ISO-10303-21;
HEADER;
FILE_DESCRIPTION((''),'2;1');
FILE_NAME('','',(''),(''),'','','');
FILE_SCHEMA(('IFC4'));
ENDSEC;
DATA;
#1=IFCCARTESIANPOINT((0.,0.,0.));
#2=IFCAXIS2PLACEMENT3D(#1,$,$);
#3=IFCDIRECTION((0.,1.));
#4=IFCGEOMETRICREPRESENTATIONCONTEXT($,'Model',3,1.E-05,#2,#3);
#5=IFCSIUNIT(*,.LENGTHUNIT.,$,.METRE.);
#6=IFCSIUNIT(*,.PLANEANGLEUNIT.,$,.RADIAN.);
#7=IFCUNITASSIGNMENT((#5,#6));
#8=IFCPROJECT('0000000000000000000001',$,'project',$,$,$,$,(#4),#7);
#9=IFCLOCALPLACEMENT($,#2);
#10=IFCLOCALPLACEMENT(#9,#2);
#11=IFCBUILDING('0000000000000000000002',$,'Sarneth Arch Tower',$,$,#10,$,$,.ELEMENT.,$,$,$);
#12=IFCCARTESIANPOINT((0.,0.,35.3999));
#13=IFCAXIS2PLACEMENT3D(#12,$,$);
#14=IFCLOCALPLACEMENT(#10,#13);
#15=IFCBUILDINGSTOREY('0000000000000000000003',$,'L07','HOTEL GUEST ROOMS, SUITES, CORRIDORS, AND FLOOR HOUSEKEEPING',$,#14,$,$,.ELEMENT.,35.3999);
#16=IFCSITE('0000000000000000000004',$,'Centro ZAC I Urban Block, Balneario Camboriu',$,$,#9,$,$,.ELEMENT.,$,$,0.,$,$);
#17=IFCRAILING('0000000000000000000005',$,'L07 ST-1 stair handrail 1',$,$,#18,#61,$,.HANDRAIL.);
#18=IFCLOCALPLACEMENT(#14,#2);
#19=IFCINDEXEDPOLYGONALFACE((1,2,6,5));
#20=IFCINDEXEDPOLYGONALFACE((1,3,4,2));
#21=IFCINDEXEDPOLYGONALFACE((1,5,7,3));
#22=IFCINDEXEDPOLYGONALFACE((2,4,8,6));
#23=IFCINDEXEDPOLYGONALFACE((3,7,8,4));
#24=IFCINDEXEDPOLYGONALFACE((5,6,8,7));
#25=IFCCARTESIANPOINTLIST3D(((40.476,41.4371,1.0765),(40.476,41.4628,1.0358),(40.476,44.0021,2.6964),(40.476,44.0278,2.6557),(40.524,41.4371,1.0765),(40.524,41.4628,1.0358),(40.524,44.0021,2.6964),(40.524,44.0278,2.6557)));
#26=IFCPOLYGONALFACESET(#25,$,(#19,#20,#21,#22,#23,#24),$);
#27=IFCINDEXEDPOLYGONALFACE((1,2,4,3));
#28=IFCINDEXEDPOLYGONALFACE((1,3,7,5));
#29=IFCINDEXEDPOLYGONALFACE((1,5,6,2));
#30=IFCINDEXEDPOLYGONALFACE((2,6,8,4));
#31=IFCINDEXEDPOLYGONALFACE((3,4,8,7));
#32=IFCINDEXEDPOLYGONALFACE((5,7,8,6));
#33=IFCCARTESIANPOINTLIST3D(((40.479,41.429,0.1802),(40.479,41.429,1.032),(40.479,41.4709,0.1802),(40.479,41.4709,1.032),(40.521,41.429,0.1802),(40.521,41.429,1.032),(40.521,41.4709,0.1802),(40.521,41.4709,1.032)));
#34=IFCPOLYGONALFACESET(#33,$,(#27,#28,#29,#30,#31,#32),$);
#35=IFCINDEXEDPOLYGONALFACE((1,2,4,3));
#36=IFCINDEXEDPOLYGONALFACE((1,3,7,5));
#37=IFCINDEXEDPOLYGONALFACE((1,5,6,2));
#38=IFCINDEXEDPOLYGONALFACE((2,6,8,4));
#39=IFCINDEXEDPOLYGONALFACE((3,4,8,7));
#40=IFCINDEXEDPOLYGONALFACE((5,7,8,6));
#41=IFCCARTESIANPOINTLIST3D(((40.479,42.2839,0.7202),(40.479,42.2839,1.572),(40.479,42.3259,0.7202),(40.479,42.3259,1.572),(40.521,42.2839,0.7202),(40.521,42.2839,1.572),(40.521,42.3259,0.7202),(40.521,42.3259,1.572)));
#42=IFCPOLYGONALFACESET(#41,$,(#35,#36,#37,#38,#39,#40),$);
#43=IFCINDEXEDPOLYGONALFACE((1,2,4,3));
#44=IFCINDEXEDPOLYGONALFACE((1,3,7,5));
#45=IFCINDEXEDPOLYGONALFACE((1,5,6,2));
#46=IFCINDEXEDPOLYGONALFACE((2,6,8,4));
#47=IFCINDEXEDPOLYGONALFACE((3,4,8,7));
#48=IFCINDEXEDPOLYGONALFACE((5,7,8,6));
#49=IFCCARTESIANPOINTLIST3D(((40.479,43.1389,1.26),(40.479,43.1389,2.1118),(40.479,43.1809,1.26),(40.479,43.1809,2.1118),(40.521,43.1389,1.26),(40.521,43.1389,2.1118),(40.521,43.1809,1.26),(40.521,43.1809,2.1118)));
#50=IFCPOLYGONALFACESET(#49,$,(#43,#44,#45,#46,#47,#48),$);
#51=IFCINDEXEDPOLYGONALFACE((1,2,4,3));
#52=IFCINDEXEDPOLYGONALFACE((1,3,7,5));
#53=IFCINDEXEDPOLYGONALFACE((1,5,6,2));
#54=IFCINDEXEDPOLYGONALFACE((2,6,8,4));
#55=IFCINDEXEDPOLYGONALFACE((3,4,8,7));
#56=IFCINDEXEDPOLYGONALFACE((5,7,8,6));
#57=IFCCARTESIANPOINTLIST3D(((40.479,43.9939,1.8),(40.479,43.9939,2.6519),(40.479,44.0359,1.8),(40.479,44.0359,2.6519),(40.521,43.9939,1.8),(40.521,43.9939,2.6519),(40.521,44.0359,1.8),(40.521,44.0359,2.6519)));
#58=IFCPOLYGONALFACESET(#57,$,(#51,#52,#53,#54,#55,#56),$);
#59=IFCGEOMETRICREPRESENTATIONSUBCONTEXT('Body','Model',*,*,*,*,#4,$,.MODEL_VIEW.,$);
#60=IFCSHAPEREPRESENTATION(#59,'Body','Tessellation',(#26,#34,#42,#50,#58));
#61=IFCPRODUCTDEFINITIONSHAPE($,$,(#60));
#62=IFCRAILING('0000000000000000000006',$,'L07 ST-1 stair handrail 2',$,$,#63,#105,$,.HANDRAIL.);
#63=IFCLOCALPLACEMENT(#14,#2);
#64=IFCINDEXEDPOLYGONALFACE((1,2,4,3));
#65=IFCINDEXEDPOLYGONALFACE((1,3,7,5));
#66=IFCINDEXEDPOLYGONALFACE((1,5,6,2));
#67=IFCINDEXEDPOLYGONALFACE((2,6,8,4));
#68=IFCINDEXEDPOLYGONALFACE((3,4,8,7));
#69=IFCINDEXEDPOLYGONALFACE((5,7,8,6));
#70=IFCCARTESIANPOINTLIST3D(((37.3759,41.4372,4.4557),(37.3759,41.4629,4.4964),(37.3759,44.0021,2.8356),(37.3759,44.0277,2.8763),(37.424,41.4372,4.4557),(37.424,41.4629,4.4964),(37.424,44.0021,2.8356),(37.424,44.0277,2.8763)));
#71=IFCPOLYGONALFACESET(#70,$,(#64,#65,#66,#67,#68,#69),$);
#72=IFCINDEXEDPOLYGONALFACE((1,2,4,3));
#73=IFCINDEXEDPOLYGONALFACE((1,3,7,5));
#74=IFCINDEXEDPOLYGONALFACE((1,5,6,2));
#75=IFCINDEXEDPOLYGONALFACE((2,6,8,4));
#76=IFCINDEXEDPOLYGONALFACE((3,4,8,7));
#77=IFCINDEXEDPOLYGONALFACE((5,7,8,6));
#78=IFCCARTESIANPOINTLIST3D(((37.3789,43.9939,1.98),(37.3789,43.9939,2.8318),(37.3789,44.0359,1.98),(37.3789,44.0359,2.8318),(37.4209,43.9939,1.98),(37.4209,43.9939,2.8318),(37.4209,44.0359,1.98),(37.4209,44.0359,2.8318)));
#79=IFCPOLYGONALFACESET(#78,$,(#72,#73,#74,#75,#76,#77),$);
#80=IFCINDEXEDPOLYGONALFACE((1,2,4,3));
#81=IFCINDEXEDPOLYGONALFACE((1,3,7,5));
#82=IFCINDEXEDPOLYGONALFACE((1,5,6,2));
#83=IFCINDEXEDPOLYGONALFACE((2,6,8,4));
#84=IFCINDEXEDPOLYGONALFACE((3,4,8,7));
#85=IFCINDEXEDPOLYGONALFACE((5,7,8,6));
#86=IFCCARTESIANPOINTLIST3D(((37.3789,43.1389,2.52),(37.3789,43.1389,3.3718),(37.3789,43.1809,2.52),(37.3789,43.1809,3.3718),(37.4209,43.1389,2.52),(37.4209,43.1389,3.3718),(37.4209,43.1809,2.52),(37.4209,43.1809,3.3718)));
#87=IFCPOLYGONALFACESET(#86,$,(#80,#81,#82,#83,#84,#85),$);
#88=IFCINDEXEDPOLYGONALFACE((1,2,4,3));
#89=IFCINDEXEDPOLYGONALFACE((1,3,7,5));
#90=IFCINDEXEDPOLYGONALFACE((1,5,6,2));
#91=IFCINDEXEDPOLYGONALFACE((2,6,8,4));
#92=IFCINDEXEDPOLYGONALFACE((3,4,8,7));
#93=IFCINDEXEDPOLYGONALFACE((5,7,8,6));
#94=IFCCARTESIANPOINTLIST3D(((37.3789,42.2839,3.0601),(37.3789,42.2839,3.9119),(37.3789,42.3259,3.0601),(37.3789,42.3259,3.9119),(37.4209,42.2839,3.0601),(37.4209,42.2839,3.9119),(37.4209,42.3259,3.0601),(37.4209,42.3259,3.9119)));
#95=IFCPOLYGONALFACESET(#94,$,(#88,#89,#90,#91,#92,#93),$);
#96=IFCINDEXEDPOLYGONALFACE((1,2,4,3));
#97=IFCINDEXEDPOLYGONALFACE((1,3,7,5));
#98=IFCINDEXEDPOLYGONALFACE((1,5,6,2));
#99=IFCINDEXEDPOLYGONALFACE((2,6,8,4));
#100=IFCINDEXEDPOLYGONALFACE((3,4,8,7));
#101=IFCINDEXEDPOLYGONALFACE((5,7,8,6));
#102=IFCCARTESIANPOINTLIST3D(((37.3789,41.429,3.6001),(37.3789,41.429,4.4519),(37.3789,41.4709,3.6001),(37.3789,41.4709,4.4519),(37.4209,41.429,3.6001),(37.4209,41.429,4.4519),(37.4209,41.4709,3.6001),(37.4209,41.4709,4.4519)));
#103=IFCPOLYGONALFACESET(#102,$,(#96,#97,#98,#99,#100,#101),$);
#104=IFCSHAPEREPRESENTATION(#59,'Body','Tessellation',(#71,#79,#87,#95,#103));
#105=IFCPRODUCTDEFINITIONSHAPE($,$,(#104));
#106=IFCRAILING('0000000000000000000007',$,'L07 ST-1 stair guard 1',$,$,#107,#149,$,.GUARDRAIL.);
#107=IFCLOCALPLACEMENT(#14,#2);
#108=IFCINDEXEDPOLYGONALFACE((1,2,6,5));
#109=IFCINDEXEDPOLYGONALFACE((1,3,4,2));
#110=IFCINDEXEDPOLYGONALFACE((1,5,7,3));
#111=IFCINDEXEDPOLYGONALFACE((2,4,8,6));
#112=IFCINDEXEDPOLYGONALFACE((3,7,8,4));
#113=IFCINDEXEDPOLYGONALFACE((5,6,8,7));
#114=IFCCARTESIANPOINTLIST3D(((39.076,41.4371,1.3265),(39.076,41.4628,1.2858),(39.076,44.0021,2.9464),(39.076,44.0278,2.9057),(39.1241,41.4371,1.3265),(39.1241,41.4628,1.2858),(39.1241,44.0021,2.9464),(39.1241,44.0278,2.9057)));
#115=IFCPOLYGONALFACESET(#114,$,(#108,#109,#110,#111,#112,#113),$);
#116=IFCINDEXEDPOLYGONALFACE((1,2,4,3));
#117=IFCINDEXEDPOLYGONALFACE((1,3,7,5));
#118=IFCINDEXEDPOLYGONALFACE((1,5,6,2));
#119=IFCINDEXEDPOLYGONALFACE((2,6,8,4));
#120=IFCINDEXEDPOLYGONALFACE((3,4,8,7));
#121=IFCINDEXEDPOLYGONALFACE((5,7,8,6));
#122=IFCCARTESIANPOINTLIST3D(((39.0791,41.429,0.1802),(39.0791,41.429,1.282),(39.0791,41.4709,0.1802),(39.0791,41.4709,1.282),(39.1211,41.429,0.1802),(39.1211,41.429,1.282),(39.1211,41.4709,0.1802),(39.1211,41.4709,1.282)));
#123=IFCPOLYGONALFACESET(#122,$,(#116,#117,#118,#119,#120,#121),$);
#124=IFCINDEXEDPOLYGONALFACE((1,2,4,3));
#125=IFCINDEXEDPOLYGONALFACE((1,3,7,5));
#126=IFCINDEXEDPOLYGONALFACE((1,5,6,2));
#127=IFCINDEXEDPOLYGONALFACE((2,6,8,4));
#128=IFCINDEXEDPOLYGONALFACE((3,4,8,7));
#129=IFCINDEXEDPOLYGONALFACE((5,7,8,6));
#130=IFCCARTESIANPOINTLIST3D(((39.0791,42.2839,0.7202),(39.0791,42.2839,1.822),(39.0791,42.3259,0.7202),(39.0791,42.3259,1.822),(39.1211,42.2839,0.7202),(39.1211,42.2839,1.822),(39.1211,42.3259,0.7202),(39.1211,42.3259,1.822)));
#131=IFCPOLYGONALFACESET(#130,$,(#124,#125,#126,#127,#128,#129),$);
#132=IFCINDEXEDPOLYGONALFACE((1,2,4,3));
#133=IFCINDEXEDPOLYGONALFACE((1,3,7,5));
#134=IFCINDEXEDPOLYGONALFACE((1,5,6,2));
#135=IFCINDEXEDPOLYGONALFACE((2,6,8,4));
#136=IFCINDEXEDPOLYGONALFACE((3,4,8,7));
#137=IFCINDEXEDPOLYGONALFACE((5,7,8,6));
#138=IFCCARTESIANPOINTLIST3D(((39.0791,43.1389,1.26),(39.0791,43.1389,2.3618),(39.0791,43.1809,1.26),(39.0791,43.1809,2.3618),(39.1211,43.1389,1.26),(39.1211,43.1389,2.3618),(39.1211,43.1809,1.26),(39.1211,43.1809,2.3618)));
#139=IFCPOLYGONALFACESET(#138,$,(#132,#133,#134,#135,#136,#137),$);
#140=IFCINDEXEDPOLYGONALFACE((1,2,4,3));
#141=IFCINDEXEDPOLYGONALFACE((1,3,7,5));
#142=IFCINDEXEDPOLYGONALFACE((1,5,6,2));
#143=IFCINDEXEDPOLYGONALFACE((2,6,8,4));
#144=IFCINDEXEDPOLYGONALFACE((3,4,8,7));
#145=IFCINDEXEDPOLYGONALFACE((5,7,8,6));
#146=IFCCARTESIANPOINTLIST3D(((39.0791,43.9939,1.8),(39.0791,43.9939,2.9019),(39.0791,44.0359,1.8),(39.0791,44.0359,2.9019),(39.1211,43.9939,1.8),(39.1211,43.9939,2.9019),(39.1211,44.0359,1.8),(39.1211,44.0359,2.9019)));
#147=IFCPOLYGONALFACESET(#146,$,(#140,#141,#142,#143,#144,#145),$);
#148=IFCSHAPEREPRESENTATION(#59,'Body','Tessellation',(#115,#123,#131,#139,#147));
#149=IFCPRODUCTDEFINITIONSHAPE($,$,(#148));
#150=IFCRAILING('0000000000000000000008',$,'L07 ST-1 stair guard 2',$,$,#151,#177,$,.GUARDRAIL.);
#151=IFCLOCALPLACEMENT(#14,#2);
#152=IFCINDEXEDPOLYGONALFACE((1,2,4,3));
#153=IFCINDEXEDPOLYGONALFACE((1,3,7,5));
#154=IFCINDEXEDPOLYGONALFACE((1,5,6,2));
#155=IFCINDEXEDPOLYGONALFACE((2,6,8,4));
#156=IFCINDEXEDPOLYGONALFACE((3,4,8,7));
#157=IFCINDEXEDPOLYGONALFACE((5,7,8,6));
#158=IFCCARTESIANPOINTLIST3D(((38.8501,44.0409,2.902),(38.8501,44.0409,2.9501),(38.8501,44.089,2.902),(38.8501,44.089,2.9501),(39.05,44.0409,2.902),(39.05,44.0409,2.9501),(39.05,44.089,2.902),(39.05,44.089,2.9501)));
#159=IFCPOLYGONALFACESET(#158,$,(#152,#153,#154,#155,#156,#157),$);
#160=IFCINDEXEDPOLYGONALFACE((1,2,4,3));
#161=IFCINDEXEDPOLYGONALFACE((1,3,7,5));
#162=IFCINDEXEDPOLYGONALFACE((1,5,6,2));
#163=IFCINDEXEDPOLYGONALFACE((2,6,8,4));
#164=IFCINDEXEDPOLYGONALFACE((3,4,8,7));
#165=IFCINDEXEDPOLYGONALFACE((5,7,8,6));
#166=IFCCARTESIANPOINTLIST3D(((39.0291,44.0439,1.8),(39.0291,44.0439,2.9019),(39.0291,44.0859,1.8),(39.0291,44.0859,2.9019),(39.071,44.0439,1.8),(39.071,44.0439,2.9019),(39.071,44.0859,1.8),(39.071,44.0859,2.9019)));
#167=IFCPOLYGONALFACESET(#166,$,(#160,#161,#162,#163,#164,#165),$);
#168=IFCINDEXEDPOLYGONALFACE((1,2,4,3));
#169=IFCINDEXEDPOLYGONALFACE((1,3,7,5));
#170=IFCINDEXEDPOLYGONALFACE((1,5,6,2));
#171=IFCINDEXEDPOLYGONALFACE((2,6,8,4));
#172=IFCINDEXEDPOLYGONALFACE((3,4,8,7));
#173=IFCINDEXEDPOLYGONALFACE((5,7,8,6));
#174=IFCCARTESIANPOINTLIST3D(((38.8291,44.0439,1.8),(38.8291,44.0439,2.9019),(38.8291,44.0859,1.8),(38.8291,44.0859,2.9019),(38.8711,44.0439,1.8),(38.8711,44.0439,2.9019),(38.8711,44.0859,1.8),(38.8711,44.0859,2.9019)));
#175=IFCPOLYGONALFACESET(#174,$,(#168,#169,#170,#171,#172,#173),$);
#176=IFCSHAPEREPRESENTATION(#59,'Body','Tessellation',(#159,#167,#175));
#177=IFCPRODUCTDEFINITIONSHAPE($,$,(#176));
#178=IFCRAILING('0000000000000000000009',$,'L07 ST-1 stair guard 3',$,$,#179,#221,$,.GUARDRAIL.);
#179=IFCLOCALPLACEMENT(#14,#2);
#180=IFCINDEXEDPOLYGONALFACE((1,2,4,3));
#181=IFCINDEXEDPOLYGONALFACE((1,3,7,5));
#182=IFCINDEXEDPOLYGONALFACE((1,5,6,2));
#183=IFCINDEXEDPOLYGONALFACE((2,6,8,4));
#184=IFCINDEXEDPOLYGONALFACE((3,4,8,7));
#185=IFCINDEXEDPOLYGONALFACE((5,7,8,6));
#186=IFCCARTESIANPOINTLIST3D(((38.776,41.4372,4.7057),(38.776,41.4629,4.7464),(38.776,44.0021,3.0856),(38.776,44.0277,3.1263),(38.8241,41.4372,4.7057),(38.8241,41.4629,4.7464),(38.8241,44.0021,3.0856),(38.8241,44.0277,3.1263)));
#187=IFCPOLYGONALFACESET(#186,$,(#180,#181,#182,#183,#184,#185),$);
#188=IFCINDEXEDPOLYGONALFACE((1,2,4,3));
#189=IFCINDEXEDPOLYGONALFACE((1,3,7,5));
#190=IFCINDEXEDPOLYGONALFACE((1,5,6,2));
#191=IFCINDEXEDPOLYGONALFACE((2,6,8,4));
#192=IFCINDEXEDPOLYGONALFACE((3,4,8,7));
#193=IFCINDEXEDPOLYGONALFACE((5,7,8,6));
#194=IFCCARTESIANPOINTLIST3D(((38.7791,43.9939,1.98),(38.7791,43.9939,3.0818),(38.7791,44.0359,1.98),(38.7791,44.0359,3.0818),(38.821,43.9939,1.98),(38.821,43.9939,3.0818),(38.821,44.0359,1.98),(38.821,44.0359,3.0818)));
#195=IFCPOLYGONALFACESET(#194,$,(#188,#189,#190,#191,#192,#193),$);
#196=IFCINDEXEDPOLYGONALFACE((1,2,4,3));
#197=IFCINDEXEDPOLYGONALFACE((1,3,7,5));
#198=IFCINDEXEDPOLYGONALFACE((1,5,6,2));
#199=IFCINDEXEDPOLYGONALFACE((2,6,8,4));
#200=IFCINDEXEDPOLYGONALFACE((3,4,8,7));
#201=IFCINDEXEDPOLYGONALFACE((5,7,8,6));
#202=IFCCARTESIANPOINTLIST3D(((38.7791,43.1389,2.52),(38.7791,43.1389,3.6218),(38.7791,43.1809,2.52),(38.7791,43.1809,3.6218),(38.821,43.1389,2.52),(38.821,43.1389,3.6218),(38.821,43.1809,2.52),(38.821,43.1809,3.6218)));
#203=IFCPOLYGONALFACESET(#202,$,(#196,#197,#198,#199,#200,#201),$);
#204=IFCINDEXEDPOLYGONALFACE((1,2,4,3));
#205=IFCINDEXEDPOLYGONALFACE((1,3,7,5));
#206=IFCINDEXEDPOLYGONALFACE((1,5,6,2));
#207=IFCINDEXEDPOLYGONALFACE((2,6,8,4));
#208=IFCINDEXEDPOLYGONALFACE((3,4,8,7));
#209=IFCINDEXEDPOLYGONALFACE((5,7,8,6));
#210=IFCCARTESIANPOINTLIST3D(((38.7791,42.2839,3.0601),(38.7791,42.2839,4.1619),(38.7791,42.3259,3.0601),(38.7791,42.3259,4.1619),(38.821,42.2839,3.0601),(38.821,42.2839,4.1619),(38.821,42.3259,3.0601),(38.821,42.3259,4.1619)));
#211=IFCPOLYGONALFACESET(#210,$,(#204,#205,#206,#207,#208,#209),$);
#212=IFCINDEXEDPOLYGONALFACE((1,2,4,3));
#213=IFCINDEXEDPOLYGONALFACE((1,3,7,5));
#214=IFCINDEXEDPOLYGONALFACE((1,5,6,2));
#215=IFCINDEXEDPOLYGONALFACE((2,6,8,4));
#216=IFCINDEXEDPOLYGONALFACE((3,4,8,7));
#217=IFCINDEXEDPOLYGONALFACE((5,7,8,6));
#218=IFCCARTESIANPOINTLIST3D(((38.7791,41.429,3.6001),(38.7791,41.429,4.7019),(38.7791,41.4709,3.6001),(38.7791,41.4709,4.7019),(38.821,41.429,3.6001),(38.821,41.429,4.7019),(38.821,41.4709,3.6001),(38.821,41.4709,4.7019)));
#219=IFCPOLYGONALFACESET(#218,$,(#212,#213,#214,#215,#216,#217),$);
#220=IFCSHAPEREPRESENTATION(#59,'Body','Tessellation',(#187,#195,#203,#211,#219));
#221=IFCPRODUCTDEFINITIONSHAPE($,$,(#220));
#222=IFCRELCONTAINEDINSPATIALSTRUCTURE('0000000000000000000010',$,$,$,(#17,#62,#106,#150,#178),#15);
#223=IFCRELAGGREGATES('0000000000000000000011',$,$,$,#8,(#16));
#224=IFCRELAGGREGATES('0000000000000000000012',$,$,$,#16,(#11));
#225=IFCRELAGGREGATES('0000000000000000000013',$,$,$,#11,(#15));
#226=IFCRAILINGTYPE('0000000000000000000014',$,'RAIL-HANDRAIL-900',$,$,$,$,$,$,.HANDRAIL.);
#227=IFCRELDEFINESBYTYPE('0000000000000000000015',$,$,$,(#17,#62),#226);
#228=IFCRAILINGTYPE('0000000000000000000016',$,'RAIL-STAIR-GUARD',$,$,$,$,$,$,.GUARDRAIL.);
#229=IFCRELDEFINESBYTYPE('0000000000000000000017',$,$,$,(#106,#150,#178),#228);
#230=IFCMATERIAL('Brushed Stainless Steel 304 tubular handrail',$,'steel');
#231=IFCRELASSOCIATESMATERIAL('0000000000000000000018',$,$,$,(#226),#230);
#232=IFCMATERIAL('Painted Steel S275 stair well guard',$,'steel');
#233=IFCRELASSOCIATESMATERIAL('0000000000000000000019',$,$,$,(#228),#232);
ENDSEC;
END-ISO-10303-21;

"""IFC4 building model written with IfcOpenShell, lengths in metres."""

from ifc_helpers import new_model, si_unit, direction, frame, origin, origin_2d, place, context, subcontext, project, spatial, rectangle, extrude, material, type_object, element, save


model = new_model("IFC4")

# Units and contexts
model_context = context("Model", 3, precision=1e-05, world=origin(), true_north=direction((0.0, 1.0)))
body_context = subcontext(model_context, "Body", "Model", "MODEL_VIEW")
ifc_project = project(units=[si_unit("LENGTHUNIT", "METRE"), si_unit("PLANEANGLEUNIT", "RADIAN")], contexts=[model_context])

# Site, building, storey
site_placement = place(None, origin())
site = spatial("IfcSite", under=ifc_project, at=site_placement, Name="Centro ZAC I Urban Block, Balneario Camboriu", CompositionType="ELEMENT", RefElevation=0.0)
building_placement = place(site_placement, origin())
building = spatial("IfcBuilding", under=site, at=building_placement, Name="Sarneth Arch Tower", CompositionType="ELEMENT")
storey_placement = place(building_placement, frame((0.0, 0.0, 35.3999)))
storey = spatial("IfcBuildingStorey", under=building, at=storey_placement, Name="L07", Description="HOTEL GUEST ROOMS, SUITES, CORRIDORS, AND FLOOR HOUSEKEEPING", CompositionType="ELEMENT", Elevation=35.3999)

# Railings
ifc_material_1 = material(Name="Brushed Stainless Steel 304 tubular handrail", Category="steel")
railing_type_1 = type_object("IfcRailingType", Name="RAIL-HANDRAIL-900", PredefinedType="HANDRAIL", material=ifc_material_1)
railing_1_placement = place(storey_placement, frame((40.5, 41.45, 0.1802)))
element("IfcRailing", 1, at=railing_1_placement, inside=storey, type_object=railing_type_1, Name="L07 ST-1 stair handrail 1", PredefinedType="HANDRAIL", context=body_context, shape_type="SweptSolid", body=[
    extrude(rectangle(XDim=0.0481, YDim=0.0481, at=origin_2d()), frame((0.0, 0.0, 0.876), z_axis=(0.0, 0.845502, 0.533972), x_axis=(-1.0, 0.0, 0.0)), (0.0, 0.0, 1.0), 3.0337),
    extrude(rectangle(XDim=0.042, YDim=0.042, at=origin_2d()), origin(), (0.0, 0.0, 1.0), 0.8518),
    extrude(rectangle(XDim=0.042, YDim=0.042, at=origin_2d()), frame((0.0, 0.855, 0.54)), (0.0, 0.0, 1.0), 0.8518),
    extrude(rectangle(XDim=0.042, YDim=0.042, at=origin_2d()), frame((0.0, 1.71, 1.0798)), (0.0, 0.0, 1.0), 0.8518),
    extrude(rectangle(XDim=0.042, YDim=0.042, at=origin_2d()), frame((0.0, 2.5649, 1.6199)), (0.0, 0.0, 1.0), 0.8518),
])
railing_2_placement = place(storey_placement, frame((37.3999, 44.0149, 1.98)))
element("IfcRailing", 2, at=railing_2_placement, inside=storey, type_object=railing_type_1, Name="L07 ST-1 stair handrail 2", PredefinedType="HANDRAIL", context=body_context, shape_type="SweptSolid", body=[
    extrude(rectangle(XDim=0.0481, YDim=0.0481, at=origin_2d()), frame((0.0, 0.0, 0.876), z_axis=(0.0, -0.845466, 0.534029), x_axis=(1.0, 0.0, 0.0)), (0.0, 0.0, 1.0), 3.0337),
    extrude(rectangle(XDim=0.042, YDim=0.042, at=origin_2d()), origin(), (0.0, 0.0, 1.0), 0.8518),
    extrude(rectangle(XDim=0.042, YDim=0.042, at=origin_2d()), frame((0.0, -0.855, 0.54)), (0.0, 0.0, 1.0), 0.8518),
    extrude(rectangle(XDim=0.042, YDim=0.042, at=origin_2d()), frame((0.0, -1.71, 1.0801)), (0.0, 0.0, 1.0), 0.8518),
    extrude(rectangle(XDim=0.042, YDim=0.042, at=origin_2d()), frame((0.0, -2.5649, 1.6201)), (0.0, 0.0, 1.0), 0.8518),
])
ifc_material_2 = material(Name="Painted Steel S275 stair well guard", Category="steel")
railing_type_2 = type_object("IfcRailingType", Name="RAIL-STAIR-GUARD", PredefinedType="GUARDRAIL", material=ifc_material_2)
railing_3_placement = place(storey_placement, frame((39.1001, 41.45, 0.1802)))
element("IfcRailing", 3, at=railing_3_placement, inside=storey, type_object=railing_type_2, Name="L07 ST-1 stair guard 1", PredefinedType="GUARDRAIL", context=body_context, shape_type="SweptSolid", body=[
    extrude(rectangle(XDim=0.0481, YDim=0.0481, at=origin_2d()), frame((0.0, 0.0, 1.126), z_axis=(0.0, 0.845502, 0.533972), x_axis=(-1.0, 0.0, 0.0)), (0.0, 0.0, 1.0), 3.0337),
    extrude(rectangle(XDim=0.042, YDim=0.042, at=origin_2d()), origin(), (0.0, 0.0, 1.0), 1.1018),
    extrude(rectangle(XDim=0.042, YDim=0.042, at=origin_2d()), frame((0.0, 0.855, 0.54)), (0.0, 0.0, 1.0), 1.1018),
    extrude(rectangle(XDim=0.042, YDim=0.042, at=origin_2d()), frame((0.0, 1.71, 1.0798)), (0.0, 0.0, 1.0), 1.1018),
    extrude(rectangle(XDim=0.042, YDim=0.042, at=origin_2d()), frame((0.0, 2.5649, 1.6199)), (0.0, 0.0, 1.0), 1.1018),
])
railing_4_placement = place(storey_placement, frame((39.05, 44.0649, 1.8)))
element("IfcRailing", 4, at=railing_4_placement, inside=storey, type_object=railing_type_2, Name="L07 ST-1 stair guard 2", PredefinedType="GUARDRAIL", context=body_context, shape_type="SweptSolid", body=[
    extrude(rectangle(XDim=0.0481, YDim=0.0481, at=origin_2d()), frame((0.0, 0.0, 1.126), z_axis=(-1.0, 0.0, 0.0), x_axis=(0.0, -1.0, 0.0)), (0.0, 0.0, 1.0), 0.2),
    extrude(rectangle(XDim=0.042, YDim=0.042, at=origin_2d()), origin(), (0.0, 0.0, 1.0), 1.1018),
    extrude(rectangle(XDim=0.042, YDim=0.042, at=origin_2d()), frame((-0.2, 0.0, 0.0)), (0.0, 0.0, 1.0), 1.1018),
])
railing_5_placement = place(storey_placement, frame((38.8, 44.0149, 1.98)))
element("IfcRailing", 5, at=railing_5_placement, inside=storey, type_object=railing_type_2, Name="L07 ST-1 stair guard 3", PredefinedType="GUARDRAIL", context=body_context, shape_type="SweptSolid", body=[
    extrude(rectangle(XDim=0.0481, YDim=0.0481, at=origin_2d()), frame((0.0, 0.0, 1.126), z_axis=(0.0, -0.845466, 0.534029), x_axis=(1.0, 0.0, 0.0)), (0.0, 0.0, 1.0), 3.0337),
    extrude(rectangle(XDim=0.042, YDim=0.042, at=origin_2d()), origin(), (0.0, 0.0, 1.0), 1.1018),
    extrude(rectangle(XDim=0.042, YDim=0.042, at=origin_2d()), frame((0.0, -0.855, 0.54)), (0.0, 0.0, 1.0), 1.1018),
    extrude(rectangle(XDim=0.042, YDim=0.042, at=origin_2d()), frame((0.0, -1.71, 1.0801)), (0.0, 0.0, 1.0), 1.1018),
    extrude(rectangle(XDim=0.042, YDim=0.042, at=origin_2d()), frame((0.0, -2.5649, 1.6201)), (0.0, 0.0, 1.0), 1.1018),
])

save(model, "model.ifc")
